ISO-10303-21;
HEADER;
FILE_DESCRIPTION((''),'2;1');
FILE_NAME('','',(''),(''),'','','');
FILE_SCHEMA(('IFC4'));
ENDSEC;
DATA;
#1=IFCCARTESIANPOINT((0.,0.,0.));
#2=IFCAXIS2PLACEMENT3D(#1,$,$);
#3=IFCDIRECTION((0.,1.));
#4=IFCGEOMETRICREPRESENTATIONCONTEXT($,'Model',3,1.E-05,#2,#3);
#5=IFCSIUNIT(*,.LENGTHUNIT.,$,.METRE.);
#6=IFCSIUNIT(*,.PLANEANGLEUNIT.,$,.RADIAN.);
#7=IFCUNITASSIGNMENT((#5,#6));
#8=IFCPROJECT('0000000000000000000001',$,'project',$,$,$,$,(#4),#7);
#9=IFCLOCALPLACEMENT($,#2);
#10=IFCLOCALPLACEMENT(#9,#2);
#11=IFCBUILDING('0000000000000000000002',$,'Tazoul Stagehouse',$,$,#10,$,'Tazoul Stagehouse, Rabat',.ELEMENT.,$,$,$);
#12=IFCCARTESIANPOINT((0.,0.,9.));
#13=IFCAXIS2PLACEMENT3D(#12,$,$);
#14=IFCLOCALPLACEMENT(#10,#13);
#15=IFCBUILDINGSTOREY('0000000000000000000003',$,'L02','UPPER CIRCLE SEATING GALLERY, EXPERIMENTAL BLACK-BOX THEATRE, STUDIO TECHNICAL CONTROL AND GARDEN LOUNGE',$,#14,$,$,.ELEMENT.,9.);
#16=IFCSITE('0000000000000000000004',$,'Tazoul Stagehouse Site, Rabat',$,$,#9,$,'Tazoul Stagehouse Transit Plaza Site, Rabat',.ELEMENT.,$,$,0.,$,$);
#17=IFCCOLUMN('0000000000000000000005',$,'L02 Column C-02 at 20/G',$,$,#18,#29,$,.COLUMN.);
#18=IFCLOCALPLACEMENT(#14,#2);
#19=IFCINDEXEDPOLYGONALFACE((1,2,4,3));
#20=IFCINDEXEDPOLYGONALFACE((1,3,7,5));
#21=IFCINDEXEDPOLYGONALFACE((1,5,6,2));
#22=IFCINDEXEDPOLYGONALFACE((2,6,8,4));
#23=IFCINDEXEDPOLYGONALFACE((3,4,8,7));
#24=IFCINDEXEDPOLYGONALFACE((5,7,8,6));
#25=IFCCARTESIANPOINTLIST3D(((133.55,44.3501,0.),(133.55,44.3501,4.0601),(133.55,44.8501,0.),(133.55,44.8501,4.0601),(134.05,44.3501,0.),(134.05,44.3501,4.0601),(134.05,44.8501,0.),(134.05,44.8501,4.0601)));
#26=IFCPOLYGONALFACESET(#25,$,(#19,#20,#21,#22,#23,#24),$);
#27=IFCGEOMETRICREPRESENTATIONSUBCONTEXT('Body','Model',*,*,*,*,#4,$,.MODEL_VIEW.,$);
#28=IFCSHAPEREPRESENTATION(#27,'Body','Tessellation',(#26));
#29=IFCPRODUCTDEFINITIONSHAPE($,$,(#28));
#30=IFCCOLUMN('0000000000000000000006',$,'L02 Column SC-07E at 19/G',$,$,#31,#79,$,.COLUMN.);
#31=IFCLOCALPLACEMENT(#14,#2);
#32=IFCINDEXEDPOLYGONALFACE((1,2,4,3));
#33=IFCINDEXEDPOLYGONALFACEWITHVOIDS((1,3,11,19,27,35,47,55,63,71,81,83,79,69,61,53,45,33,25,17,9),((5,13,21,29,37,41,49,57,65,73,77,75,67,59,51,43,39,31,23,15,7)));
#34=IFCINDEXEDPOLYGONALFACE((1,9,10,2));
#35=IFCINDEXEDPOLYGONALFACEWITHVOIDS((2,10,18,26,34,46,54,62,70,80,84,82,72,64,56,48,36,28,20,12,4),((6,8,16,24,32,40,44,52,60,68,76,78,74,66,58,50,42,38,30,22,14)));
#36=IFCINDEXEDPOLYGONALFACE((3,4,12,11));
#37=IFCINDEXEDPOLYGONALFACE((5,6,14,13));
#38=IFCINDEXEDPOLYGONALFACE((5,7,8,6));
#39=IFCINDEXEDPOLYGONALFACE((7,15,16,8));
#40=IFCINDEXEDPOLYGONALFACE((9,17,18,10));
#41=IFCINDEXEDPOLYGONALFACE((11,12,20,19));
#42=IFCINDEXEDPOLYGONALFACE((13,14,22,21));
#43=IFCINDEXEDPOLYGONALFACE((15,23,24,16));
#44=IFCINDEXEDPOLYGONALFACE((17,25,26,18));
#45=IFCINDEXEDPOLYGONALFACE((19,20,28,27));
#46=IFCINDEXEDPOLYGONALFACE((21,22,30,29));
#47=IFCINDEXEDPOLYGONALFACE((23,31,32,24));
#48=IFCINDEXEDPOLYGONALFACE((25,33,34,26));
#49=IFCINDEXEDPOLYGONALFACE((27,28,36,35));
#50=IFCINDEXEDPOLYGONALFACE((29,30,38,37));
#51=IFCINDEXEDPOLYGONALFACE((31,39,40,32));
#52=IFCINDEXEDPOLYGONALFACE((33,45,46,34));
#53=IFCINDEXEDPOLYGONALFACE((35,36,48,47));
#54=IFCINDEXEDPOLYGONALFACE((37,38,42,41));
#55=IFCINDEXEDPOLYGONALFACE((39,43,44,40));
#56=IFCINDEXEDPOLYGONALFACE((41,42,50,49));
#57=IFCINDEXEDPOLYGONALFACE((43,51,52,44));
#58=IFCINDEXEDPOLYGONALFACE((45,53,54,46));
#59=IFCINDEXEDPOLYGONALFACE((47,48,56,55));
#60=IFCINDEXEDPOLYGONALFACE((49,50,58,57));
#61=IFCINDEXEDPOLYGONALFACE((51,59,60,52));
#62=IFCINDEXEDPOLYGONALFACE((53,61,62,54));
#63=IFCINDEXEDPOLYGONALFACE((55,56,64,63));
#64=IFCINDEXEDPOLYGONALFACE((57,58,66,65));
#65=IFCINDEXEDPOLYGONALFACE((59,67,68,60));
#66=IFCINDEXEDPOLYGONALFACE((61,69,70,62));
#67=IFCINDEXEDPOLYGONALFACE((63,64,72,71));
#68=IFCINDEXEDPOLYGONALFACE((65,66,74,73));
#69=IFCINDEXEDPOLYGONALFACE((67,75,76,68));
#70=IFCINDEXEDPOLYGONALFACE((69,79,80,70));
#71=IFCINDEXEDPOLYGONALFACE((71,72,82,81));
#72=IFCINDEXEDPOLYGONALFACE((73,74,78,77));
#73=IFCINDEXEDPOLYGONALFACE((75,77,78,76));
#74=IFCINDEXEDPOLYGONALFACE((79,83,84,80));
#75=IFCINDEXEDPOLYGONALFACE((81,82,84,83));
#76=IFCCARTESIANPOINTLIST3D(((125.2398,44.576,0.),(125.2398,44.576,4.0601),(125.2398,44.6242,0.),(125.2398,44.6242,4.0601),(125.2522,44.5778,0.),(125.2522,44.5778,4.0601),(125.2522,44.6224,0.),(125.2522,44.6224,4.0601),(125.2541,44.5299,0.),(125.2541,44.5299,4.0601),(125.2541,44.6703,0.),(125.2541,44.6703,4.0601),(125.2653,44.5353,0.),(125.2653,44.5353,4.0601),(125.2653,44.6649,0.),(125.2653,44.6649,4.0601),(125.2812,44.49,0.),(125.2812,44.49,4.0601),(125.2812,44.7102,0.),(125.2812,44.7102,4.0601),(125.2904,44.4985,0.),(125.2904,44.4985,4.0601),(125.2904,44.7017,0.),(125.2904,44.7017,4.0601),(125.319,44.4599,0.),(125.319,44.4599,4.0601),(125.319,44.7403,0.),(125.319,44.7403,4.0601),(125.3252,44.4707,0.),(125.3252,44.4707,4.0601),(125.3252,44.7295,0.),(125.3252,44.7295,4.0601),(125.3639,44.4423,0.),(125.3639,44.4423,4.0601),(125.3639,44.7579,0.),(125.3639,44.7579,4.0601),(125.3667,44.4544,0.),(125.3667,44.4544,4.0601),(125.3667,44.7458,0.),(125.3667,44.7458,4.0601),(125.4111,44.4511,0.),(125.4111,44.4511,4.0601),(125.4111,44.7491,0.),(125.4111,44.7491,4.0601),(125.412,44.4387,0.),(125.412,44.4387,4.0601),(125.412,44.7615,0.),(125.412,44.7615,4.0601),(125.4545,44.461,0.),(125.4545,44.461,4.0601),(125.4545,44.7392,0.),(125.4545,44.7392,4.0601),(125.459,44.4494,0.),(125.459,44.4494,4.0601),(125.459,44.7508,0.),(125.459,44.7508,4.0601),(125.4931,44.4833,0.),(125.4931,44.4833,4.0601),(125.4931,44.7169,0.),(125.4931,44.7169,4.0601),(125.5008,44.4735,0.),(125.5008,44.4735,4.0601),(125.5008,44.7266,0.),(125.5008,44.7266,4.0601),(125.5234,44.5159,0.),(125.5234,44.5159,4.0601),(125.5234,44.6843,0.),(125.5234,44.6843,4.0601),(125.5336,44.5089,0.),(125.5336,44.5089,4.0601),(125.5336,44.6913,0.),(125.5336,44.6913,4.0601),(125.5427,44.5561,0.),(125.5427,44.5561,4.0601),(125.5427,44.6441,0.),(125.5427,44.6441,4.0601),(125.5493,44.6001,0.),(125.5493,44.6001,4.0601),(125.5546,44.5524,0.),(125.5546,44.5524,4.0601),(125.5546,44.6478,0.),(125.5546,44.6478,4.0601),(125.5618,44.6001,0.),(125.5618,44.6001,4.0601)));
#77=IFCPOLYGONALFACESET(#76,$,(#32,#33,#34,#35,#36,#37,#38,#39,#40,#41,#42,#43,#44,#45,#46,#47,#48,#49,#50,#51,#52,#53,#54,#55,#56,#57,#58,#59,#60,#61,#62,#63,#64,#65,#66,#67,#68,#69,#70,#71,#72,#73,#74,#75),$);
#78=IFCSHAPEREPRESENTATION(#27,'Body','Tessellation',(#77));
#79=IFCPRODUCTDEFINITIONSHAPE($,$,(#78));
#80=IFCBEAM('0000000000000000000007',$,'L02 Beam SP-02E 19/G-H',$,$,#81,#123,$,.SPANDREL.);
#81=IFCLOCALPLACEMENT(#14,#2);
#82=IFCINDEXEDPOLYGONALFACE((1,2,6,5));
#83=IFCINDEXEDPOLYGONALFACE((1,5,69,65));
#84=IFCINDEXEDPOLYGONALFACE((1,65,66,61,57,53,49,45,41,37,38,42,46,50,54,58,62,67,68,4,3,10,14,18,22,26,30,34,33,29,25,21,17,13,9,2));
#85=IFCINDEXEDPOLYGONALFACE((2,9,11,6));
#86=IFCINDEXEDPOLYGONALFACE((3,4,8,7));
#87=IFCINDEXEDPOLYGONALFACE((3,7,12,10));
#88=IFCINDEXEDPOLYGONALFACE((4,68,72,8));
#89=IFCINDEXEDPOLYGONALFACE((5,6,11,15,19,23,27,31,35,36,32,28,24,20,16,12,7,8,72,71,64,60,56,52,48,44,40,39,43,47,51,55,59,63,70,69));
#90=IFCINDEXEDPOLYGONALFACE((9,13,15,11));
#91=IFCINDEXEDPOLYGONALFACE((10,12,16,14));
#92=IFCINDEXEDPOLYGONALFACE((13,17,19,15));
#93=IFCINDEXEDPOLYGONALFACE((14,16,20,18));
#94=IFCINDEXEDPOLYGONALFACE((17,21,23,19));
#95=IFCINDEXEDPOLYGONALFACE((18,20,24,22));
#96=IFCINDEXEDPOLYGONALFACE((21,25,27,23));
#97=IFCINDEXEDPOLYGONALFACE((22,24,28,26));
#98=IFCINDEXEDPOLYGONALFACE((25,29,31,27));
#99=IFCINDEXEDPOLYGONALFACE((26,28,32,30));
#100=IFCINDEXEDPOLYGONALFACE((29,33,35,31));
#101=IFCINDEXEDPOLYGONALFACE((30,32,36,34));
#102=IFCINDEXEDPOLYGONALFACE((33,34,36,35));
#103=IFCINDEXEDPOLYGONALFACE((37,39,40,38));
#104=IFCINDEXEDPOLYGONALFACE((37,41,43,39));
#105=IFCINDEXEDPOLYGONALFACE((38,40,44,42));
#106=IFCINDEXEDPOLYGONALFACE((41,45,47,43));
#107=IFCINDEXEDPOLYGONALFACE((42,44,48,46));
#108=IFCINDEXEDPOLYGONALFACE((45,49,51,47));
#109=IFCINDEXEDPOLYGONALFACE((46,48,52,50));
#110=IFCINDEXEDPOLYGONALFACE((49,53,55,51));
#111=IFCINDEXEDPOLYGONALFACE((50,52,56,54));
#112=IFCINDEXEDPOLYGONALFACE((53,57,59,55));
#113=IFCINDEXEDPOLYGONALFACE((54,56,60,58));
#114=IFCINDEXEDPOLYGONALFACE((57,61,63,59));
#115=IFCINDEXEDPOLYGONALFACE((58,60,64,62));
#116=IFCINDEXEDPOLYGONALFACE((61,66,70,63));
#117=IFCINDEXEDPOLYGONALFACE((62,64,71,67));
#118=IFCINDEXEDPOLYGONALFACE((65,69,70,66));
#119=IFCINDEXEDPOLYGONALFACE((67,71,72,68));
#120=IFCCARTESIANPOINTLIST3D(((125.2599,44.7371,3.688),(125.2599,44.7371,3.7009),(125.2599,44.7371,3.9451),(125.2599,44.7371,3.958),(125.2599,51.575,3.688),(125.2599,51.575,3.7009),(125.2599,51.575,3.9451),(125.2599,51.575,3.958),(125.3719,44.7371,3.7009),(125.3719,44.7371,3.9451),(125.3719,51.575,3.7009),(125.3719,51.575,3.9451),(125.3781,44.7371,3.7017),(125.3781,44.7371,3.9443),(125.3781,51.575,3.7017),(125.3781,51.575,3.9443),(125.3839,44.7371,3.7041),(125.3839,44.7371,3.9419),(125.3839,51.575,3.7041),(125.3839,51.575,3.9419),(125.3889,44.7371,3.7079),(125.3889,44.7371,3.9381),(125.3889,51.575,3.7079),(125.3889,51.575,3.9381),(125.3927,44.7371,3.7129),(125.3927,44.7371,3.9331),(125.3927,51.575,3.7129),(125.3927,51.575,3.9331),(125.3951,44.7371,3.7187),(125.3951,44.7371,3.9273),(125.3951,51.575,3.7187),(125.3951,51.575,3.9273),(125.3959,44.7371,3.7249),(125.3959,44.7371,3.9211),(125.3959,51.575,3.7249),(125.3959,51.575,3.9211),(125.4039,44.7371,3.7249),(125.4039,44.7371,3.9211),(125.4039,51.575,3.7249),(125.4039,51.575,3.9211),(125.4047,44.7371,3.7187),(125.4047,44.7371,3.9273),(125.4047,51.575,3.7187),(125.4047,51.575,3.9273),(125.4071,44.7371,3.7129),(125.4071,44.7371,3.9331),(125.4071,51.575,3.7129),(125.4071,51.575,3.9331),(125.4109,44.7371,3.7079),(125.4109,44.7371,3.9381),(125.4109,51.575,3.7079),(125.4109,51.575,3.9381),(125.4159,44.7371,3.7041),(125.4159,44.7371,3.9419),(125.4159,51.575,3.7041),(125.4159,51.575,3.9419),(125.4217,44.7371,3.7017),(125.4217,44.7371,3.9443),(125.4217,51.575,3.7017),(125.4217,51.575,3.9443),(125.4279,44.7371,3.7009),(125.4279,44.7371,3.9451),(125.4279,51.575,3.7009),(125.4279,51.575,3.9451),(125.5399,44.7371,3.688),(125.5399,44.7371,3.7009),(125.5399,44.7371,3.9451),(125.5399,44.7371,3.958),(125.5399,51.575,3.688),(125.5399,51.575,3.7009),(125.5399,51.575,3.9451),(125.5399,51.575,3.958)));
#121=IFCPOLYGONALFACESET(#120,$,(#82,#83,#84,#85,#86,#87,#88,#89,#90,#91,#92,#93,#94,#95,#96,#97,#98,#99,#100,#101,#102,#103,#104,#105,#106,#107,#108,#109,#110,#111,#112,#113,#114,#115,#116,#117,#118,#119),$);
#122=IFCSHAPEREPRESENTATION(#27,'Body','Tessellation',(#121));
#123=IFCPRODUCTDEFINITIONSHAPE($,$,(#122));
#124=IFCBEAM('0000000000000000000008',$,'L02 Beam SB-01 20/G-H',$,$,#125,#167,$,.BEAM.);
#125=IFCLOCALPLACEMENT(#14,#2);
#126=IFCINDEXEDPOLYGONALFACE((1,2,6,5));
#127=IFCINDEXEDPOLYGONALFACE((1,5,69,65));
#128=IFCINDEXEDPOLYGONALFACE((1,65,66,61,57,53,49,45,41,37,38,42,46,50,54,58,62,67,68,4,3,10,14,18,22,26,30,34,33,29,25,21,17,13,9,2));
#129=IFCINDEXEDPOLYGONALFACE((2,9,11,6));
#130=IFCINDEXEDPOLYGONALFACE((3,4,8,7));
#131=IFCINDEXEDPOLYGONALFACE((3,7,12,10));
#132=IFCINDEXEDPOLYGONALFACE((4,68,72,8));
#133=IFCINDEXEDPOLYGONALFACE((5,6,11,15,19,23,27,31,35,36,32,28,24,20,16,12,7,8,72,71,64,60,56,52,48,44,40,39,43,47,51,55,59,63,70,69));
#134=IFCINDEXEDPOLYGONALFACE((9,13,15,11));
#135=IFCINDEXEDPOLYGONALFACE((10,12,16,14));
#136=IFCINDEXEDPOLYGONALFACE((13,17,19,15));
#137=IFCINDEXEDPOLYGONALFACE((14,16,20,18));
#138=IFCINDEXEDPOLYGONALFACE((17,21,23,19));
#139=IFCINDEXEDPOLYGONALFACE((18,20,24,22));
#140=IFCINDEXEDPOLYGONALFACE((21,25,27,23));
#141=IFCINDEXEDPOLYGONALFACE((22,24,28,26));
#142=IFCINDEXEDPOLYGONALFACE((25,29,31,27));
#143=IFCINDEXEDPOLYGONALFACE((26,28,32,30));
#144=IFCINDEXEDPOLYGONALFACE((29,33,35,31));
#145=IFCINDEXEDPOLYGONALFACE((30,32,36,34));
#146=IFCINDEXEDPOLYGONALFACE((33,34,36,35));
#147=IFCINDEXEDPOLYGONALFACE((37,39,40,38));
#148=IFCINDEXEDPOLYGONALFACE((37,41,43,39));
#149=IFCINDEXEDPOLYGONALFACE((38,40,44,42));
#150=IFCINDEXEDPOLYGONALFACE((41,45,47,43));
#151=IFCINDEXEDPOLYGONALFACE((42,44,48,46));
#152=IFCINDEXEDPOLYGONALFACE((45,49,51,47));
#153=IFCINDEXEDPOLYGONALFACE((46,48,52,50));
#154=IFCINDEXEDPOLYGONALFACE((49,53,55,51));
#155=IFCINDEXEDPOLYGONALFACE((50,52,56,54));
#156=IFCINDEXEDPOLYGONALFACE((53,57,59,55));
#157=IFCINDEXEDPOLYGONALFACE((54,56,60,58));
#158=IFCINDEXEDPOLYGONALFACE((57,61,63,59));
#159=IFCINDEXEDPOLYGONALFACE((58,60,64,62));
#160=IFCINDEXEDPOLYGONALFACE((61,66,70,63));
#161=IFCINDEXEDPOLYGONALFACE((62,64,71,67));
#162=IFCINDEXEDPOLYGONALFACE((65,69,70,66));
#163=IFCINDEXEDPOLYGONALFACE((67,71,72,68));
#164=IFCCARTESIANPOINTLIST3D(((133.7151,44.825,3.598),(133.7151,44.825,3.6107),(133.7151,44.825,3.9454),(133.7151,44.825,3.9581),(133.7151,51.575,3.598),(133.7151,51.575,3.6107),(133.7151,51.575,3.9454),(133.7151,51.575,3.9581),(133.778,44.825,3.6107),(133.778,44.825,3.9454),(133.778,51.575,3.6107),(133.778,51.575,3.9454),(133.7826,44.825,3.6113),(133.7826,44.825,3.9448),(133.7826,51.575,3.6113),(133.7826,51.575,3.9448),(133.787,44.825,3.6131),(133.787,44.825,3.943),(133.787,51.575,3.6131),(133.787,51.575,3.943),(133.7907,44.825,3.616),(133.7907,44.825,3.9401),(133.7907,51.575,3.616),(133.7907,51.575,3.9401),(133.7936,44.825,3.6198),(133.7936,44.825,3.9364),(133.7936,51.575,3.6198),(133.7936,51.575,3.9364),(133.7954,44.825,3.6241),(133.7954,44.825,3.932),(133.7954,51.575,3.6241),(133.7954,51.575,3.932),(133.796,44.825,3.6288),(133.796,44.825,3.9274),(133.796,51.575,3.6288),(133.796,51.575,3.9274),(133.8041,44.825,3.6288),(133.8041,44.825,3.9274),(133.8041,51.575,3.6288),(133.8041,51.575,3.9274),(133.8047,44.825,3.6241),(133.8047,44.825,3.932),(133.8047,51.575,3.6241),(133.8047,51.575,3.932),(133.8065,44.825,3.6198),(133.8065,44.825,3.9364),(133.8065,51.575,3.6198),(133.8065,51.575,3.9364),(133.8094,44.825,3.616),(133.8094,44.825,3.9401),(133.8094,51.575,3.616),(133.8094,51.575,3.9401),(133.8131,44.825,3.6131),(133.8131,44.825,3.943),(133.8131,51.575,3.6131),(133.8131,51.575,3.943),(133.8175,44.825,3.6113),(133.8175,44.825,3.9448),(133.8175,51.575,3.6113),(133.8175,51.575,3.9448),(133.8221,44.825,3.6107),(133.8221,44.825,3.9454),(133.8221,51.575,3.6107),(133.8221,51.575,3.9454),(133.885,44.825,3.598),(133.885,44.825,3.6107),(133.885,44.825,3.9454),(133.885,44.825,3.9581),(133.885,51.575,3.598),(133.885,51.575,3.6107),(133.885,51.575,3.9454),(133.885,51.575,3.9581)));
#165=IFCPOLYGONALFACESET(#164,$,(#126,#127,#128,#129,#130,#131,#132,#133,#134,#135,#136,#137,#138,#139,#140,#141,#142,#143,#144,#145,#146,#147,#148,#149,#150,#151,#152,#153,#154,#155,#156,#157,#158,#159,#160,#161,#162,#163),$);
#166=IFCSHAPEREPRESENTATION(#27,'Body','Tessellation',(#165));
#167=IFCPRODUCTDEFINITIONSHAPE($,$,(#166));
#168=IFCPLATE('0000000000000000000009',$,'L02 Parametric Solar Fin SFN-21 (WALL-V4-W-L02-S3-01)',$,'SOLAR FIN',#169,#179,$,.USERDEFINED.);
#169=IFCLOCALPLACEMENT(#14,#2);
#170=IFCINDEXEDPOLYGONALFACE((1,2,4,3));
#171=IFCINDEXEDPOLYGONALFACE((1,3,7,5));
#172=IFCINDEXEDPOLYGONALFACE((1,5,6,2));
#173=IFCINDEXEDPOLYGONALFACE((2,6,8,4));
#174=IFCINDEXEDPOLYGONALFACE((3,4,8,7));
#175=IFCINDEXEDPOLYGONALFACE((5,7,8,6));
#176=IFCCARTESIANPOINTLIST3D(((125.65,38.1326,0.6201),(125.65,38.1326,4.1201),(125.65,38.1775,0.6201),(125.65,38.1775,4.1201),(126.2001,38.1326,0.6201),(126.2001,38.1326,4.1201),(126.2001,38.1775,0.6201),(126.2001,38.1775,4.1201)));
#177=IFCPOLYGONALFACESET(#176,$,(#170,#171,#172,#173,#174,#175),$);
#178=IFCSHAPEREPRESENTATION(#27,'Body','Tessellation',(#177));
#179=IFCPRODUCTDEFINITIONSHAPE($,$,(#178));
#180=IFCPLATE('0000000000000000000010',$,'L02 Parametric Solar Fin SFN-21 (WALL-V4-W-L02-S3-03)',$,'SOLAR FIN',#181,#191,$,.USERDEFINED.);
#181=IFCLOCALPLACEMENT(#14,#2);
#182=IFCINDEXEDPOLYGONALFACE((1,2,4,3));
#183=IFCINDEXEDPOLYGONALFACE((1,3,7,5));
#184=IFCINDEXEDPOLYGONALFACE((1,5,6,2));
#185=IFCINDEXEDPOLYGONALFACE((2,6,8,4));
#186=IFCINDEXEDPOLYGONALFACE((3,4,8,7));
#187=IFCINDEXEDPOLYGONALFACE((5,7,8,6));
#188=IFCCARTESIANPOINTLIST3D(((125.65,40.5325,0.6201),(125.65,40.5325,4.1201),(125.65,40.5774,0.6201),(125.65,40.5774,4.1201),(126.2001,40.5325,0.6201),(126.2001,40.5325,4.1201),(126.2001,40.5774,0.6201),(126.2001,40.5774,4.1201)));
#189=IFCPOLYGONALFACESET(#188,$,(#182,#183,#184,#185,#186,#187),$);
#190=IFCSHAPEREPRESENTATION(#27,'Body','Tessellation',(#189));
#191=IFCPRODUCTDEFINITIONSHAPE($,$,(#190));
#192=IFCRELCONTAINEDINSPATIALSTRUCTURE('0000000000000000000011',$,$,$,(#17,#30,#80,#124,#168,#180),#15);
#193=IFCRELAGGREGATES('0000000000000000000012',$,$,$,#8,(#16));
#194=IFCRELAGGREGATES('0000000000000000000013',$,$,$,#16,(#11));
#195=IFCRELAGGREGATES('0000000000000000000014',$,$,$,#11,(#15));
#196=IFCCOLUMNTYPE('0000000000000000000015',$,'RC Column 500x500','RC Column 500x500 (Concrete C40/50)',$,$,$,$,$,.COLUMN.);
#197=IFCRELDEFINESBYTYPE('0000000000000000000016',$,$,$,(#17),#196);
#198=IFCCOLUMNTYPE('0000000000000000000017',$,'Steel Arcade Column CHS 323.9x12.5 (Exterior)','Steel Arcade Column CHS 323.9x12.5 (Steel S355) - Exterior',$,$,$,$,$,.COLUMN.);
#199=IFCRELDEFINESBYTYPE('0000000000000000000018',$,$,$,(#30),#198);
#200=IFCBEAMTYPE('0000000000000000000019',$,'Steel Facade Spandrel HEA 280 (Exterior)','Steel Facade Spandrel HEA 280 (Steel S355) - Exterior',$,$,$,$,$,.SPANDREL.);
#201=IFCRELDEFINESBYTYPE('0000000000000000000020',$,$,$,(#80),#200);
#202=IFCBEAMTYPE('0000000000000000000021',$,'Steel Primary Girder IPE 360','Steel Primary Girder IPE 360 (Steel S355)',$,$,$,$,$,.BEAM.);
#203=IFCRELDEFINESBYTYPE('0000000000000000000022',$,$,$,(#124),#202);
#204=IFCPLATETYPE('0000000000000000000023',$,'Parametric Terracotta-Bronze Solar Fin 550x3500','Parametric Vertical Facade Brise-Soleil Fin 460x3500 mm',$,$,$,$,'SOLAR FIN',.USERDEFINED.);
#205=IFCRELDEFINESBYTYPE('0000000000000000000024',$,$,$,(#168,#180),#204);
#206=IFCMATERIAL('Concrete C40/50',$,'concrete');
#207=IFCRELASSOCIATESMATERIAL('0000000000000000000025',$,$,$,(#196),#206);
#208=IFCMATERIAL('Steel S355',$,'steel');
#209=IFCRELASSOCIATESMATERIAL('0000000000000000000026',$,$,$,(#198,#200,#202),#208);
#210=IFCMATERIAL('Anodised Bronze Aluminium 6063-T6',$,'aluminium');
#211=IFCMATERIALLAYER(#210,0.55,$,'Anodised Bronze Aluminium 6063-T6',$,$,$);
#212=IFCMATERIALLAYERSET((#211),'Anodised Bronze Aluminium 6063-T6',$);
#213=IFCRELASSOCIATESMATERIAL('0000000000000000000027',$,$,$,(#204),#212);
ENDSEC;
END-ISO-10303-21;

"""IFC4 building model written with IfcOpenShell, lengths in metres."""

from ifc_helpers import new_model, si_unit, direction, frame, origin, origin_2d, place, context, subcontext, project, spatial, rectangle, hollow_circle, i_section, extrude, material, layer, layer_set, material_profile, profile_set, type_object, element, save


model = new_model("IFC4")

# Units and contexts
model_context = context("Model", 3, precision=1e-05, world=origin(), true_north=direction((0.0, 1.0)))
body_context = subcontext(model_context, "Body", "Model", "MODEL_VIEW")
ifc_project = project(units=[si_unit("LENGTHUNIT", "METRE"), si_unit("PLANEANGLEUNIT", "RADIAN")], contexts=[model_context])

# Site, building, storey
site_placement = place(None, origin())
site = spatial("IfcSite", under=ifc_project, at=site_placement, Name="Tazoul Stagehouse Site, Rabat", LongName="Tazoul Stagehouse Transit Plaza Site, Rabat", CompositionType="ELEMENT", RefElevation=0.0)
building_placement = place(site_placement, origin())
building = spatial("IfcBuilding", under=site, at=building_placement, Name="Tazoul Stagehouse", LongName="Tazoul Stagehouse, Rabat", CompositionType="ELEMENT")
storey_placement = place(building_placement, frame((0.0, 0.0, 9.0)))
storey = spatial("IfcBuildingStorey", under=building, at=storey_placement, Name="L02", Description="UPPER CIRCLE SEATING GALLERY, EXPERIMENTAL BLACK-BOX THEATRE, STUDIO TECHNICAL CONTROL AND GARDEN LOUNGE", CompositionType="ELEMENT", Elevation=9.0)

# Columns
ifc_material_1 = material(Name="Concrete C40/50", Category="concrete")
ifc_material_profile_1 = material_profile(ifc_material_1, rectangle(XDim=0.5, YDim=0.5, at=origin_2d()), Name="RC 500x500")
ifc_profile_set_1 = profile_set([ifc_material_profile_1], Name="Concrete C40/50")
column_type_1 = type_object("IfcColumnType", Name="RC Column 500x500", Description="RC Column 500x500 (Concrete C40/50)", PredefinedType="COLUMN", material=ifc_profile_set_1)
column_1_placement = place(storey_placement, frame((133.8, 44.6001, 0.0), z_axis=(0.0, 0.0, 1.0), x_axis=(1.0, 0.0, 0.0)))
element("IfcColumn", 1, at=column_1_placement, inside=storey, type_object=column_type_1, Name="L02 Column C-02 at 20/G", PredefinedType="COLUMN", context=body_context, shape_type="SweptSolid", body=[
    extrude(rectangle(XDim=0.5, YDim=0.5, at=origin_2d()), origin(), (0.0, 0.0, 1.0), 4.0601),
])
ifc_material_2 = material(Name="Steel S355", Category="steel")
ifc_material_profile_2 = material_profile(ifc_material_2, hollow_circle(Radius=0.1619, WallThickness=0.0125, at=origin_2d()), Name="CHS 323.9x12.5")
ifc_profile_set_2 = profile_set([ifc_material_profile_2], Name="Steel S355")
column_type_2 = type_object("IfcColumnType", Name="Steel Arcade Column CHS 323.9x12.5 (Exterior)", Description="Steel Arcade Column CHS 323.9x12.5 (Steel S355) - Exterior", PredefinedType="COLUMN", material=ifc_profile_set_2)
column_2_placement = place(storey_placement, frame((125.3999, 44.6001, 0.0), z_axis=(0.0, 0.0, 1.0), x_axis=(1.0, 0.0, 0.0)))
element("IfcColumn", 2, at=column_2_placement, inside=storey, type_object=column_type_2, Name="L02 Column SC-07E at 19/G", PredefinedType="COLUMN", context=body_context, shape_type="SweptSolid", body=[
    extrude(hollow_circle(Radius=0.1619, WallThickness=0.0125, at=origin_2d()), origin(), (0.0, 0.0, 1.0), 4.0601),
])

# Beams
ifc_material_profile_3 = material_profile(ifc_material_2, i_section(OverallWidth=0.28, OverallDepth=0.27, WebThickness=0.0081, FlangeThickness=0.0129, FilletRadius=0.0239, at=origin_2d()), Name="HEA 280")
ifc_profile_set_3 = profile_set([ifc_material_profile_3], Name="Steel S355")
beam_type_1 = type_object("IfcBeamType", Name="Steel Facade Spandrel HEA 280 (Exterior)", Description="Steel Facade Spandrel HEA 280 (Steel S355) - Exterior", PredefinedType="SPANDREL", material=ifc_profile_set_3)
beam_1_placement = place(storey_placement, frame((125.3999, 44.7371, 3.823), z_axis=(0.0, 1.0, 0.0), x_axis=(-1.0, 0.0, 0.0)))
element("IfcBeam", 3, at=beam_1_placement, inside=storey, type_object=beam_type_1, Name="L02 Beam SP-02E 19/G-H", PredefinedType="SPANDREL", context=body_context, shape_type="SweptSolid", body=[
    extrude(i_section(OverallWidth=0.28, OverallDepth=0.27, WebThickness=0.0081, FlangeThickness=0.0129, FilletRadius=0.0239, at=origin_2d()), origin(), (0.0, 0.0, 1.0), 6.8379),
])
ifc_material_profile_4 = material_profile(ifc_material_2, i_section(OverallWidth=0.1699, OverallDepth=0.3601, WebThickness=0.0081, FlangeThickness=0.0127, FilletRadius=0.0181, at=origin_2d()), Name="IPE 360")
ifc_profile_set_4 = profile_set([ifc_material_profile_4], Name="Steel S355")
beam_type_2 = type_object("IfcBeamType", Name="Steel Primary Girder IPE 360", Description="Steel Primary Girder IPE 360 (Steel S355)", PredefinedType="BEAM", material=ifc_profile_set_4)
beam_2_placement = place(storey_placement, frame((133.8, 44.825, 3.7781), z_axis=(0.0, 1.0, 0.0), x_axis=(-1.0, 0.0, 0.0)))
element("IfcBeam", 4, at=beam_2_placement, inside=storey, type_object=beam_type_2, Name="L02 Beam SB-01 20/G-H", PredefinedType="BEAM", context=body_context, shape_type="SweptSolid", body=[
    extrude(i_section(OverallWidth=0.1699, OverallDepth=0.3601, WebThickness=0.0081, FlangeThickness=0.0127, FilletRadius=0.0181, at=origin_2d()), origin(), (0.0, 0.0, 1.0), 6.75),
])

# Plates
ifc_material_3 = material(Name="Anodised Bronze Aluminium 6063-T6", Category="aluminium")
ifc_layer_1 = layer(ifc_material_3, 0.55, Name="Anodised Bronze Aluminium 6063-T6")
ifc_layer_set_1 = layer_set([ifc_layer_1], Name="Anodised Bronze Aluminium 6063-T6")
plate_type_1 = type_object("IfcPlateType", Name="Parametric Terracotta-Bronze Solar Fin 550x3500", Description="Parametric Vertical Facade Brise-Soleil Fin 460x3500 mm", ElementType="SOLAR FIN", PredefinedType="USERDEFINED", material=ifc_layer_set_1)
for number, where, z_axis, x_axis, name in (
    (5, (125.925, 38.155, 0.6201), (0.0, 0.0, 1.0), (0.0, 1.0, 0.0), "L02 Parametric Solar Fin SFN-21 (WALL-V4-W-L02-S3-01)"),
    (6, (125.925, 40.5549, 0.6201), (0.0, 0.0, 1.0), (0.0, 1.0, 0.0), "L02 Parametric Solar Fin SFN-21 (WALL-V4-W-L02-S3-03)"),
):
    element("IfcPlate", number, at=place(storey_placement, frame(where, z_axis=z_axis, x_axis=x_axis)), inside=storey, type_object=plate_type_1, Name=name, ObjectType="SOLAR FIN", PredefinedType="USERDEFINED", context=body_context, shape_type="SweptSolid", body=[
        extrude(rectangle(XDim=0.0449, YDim=0.55, at=origin_2d()), origin(), (0.0, 0.0, 1.0), 3.5),
    ])

save(model, "model.ifc")
